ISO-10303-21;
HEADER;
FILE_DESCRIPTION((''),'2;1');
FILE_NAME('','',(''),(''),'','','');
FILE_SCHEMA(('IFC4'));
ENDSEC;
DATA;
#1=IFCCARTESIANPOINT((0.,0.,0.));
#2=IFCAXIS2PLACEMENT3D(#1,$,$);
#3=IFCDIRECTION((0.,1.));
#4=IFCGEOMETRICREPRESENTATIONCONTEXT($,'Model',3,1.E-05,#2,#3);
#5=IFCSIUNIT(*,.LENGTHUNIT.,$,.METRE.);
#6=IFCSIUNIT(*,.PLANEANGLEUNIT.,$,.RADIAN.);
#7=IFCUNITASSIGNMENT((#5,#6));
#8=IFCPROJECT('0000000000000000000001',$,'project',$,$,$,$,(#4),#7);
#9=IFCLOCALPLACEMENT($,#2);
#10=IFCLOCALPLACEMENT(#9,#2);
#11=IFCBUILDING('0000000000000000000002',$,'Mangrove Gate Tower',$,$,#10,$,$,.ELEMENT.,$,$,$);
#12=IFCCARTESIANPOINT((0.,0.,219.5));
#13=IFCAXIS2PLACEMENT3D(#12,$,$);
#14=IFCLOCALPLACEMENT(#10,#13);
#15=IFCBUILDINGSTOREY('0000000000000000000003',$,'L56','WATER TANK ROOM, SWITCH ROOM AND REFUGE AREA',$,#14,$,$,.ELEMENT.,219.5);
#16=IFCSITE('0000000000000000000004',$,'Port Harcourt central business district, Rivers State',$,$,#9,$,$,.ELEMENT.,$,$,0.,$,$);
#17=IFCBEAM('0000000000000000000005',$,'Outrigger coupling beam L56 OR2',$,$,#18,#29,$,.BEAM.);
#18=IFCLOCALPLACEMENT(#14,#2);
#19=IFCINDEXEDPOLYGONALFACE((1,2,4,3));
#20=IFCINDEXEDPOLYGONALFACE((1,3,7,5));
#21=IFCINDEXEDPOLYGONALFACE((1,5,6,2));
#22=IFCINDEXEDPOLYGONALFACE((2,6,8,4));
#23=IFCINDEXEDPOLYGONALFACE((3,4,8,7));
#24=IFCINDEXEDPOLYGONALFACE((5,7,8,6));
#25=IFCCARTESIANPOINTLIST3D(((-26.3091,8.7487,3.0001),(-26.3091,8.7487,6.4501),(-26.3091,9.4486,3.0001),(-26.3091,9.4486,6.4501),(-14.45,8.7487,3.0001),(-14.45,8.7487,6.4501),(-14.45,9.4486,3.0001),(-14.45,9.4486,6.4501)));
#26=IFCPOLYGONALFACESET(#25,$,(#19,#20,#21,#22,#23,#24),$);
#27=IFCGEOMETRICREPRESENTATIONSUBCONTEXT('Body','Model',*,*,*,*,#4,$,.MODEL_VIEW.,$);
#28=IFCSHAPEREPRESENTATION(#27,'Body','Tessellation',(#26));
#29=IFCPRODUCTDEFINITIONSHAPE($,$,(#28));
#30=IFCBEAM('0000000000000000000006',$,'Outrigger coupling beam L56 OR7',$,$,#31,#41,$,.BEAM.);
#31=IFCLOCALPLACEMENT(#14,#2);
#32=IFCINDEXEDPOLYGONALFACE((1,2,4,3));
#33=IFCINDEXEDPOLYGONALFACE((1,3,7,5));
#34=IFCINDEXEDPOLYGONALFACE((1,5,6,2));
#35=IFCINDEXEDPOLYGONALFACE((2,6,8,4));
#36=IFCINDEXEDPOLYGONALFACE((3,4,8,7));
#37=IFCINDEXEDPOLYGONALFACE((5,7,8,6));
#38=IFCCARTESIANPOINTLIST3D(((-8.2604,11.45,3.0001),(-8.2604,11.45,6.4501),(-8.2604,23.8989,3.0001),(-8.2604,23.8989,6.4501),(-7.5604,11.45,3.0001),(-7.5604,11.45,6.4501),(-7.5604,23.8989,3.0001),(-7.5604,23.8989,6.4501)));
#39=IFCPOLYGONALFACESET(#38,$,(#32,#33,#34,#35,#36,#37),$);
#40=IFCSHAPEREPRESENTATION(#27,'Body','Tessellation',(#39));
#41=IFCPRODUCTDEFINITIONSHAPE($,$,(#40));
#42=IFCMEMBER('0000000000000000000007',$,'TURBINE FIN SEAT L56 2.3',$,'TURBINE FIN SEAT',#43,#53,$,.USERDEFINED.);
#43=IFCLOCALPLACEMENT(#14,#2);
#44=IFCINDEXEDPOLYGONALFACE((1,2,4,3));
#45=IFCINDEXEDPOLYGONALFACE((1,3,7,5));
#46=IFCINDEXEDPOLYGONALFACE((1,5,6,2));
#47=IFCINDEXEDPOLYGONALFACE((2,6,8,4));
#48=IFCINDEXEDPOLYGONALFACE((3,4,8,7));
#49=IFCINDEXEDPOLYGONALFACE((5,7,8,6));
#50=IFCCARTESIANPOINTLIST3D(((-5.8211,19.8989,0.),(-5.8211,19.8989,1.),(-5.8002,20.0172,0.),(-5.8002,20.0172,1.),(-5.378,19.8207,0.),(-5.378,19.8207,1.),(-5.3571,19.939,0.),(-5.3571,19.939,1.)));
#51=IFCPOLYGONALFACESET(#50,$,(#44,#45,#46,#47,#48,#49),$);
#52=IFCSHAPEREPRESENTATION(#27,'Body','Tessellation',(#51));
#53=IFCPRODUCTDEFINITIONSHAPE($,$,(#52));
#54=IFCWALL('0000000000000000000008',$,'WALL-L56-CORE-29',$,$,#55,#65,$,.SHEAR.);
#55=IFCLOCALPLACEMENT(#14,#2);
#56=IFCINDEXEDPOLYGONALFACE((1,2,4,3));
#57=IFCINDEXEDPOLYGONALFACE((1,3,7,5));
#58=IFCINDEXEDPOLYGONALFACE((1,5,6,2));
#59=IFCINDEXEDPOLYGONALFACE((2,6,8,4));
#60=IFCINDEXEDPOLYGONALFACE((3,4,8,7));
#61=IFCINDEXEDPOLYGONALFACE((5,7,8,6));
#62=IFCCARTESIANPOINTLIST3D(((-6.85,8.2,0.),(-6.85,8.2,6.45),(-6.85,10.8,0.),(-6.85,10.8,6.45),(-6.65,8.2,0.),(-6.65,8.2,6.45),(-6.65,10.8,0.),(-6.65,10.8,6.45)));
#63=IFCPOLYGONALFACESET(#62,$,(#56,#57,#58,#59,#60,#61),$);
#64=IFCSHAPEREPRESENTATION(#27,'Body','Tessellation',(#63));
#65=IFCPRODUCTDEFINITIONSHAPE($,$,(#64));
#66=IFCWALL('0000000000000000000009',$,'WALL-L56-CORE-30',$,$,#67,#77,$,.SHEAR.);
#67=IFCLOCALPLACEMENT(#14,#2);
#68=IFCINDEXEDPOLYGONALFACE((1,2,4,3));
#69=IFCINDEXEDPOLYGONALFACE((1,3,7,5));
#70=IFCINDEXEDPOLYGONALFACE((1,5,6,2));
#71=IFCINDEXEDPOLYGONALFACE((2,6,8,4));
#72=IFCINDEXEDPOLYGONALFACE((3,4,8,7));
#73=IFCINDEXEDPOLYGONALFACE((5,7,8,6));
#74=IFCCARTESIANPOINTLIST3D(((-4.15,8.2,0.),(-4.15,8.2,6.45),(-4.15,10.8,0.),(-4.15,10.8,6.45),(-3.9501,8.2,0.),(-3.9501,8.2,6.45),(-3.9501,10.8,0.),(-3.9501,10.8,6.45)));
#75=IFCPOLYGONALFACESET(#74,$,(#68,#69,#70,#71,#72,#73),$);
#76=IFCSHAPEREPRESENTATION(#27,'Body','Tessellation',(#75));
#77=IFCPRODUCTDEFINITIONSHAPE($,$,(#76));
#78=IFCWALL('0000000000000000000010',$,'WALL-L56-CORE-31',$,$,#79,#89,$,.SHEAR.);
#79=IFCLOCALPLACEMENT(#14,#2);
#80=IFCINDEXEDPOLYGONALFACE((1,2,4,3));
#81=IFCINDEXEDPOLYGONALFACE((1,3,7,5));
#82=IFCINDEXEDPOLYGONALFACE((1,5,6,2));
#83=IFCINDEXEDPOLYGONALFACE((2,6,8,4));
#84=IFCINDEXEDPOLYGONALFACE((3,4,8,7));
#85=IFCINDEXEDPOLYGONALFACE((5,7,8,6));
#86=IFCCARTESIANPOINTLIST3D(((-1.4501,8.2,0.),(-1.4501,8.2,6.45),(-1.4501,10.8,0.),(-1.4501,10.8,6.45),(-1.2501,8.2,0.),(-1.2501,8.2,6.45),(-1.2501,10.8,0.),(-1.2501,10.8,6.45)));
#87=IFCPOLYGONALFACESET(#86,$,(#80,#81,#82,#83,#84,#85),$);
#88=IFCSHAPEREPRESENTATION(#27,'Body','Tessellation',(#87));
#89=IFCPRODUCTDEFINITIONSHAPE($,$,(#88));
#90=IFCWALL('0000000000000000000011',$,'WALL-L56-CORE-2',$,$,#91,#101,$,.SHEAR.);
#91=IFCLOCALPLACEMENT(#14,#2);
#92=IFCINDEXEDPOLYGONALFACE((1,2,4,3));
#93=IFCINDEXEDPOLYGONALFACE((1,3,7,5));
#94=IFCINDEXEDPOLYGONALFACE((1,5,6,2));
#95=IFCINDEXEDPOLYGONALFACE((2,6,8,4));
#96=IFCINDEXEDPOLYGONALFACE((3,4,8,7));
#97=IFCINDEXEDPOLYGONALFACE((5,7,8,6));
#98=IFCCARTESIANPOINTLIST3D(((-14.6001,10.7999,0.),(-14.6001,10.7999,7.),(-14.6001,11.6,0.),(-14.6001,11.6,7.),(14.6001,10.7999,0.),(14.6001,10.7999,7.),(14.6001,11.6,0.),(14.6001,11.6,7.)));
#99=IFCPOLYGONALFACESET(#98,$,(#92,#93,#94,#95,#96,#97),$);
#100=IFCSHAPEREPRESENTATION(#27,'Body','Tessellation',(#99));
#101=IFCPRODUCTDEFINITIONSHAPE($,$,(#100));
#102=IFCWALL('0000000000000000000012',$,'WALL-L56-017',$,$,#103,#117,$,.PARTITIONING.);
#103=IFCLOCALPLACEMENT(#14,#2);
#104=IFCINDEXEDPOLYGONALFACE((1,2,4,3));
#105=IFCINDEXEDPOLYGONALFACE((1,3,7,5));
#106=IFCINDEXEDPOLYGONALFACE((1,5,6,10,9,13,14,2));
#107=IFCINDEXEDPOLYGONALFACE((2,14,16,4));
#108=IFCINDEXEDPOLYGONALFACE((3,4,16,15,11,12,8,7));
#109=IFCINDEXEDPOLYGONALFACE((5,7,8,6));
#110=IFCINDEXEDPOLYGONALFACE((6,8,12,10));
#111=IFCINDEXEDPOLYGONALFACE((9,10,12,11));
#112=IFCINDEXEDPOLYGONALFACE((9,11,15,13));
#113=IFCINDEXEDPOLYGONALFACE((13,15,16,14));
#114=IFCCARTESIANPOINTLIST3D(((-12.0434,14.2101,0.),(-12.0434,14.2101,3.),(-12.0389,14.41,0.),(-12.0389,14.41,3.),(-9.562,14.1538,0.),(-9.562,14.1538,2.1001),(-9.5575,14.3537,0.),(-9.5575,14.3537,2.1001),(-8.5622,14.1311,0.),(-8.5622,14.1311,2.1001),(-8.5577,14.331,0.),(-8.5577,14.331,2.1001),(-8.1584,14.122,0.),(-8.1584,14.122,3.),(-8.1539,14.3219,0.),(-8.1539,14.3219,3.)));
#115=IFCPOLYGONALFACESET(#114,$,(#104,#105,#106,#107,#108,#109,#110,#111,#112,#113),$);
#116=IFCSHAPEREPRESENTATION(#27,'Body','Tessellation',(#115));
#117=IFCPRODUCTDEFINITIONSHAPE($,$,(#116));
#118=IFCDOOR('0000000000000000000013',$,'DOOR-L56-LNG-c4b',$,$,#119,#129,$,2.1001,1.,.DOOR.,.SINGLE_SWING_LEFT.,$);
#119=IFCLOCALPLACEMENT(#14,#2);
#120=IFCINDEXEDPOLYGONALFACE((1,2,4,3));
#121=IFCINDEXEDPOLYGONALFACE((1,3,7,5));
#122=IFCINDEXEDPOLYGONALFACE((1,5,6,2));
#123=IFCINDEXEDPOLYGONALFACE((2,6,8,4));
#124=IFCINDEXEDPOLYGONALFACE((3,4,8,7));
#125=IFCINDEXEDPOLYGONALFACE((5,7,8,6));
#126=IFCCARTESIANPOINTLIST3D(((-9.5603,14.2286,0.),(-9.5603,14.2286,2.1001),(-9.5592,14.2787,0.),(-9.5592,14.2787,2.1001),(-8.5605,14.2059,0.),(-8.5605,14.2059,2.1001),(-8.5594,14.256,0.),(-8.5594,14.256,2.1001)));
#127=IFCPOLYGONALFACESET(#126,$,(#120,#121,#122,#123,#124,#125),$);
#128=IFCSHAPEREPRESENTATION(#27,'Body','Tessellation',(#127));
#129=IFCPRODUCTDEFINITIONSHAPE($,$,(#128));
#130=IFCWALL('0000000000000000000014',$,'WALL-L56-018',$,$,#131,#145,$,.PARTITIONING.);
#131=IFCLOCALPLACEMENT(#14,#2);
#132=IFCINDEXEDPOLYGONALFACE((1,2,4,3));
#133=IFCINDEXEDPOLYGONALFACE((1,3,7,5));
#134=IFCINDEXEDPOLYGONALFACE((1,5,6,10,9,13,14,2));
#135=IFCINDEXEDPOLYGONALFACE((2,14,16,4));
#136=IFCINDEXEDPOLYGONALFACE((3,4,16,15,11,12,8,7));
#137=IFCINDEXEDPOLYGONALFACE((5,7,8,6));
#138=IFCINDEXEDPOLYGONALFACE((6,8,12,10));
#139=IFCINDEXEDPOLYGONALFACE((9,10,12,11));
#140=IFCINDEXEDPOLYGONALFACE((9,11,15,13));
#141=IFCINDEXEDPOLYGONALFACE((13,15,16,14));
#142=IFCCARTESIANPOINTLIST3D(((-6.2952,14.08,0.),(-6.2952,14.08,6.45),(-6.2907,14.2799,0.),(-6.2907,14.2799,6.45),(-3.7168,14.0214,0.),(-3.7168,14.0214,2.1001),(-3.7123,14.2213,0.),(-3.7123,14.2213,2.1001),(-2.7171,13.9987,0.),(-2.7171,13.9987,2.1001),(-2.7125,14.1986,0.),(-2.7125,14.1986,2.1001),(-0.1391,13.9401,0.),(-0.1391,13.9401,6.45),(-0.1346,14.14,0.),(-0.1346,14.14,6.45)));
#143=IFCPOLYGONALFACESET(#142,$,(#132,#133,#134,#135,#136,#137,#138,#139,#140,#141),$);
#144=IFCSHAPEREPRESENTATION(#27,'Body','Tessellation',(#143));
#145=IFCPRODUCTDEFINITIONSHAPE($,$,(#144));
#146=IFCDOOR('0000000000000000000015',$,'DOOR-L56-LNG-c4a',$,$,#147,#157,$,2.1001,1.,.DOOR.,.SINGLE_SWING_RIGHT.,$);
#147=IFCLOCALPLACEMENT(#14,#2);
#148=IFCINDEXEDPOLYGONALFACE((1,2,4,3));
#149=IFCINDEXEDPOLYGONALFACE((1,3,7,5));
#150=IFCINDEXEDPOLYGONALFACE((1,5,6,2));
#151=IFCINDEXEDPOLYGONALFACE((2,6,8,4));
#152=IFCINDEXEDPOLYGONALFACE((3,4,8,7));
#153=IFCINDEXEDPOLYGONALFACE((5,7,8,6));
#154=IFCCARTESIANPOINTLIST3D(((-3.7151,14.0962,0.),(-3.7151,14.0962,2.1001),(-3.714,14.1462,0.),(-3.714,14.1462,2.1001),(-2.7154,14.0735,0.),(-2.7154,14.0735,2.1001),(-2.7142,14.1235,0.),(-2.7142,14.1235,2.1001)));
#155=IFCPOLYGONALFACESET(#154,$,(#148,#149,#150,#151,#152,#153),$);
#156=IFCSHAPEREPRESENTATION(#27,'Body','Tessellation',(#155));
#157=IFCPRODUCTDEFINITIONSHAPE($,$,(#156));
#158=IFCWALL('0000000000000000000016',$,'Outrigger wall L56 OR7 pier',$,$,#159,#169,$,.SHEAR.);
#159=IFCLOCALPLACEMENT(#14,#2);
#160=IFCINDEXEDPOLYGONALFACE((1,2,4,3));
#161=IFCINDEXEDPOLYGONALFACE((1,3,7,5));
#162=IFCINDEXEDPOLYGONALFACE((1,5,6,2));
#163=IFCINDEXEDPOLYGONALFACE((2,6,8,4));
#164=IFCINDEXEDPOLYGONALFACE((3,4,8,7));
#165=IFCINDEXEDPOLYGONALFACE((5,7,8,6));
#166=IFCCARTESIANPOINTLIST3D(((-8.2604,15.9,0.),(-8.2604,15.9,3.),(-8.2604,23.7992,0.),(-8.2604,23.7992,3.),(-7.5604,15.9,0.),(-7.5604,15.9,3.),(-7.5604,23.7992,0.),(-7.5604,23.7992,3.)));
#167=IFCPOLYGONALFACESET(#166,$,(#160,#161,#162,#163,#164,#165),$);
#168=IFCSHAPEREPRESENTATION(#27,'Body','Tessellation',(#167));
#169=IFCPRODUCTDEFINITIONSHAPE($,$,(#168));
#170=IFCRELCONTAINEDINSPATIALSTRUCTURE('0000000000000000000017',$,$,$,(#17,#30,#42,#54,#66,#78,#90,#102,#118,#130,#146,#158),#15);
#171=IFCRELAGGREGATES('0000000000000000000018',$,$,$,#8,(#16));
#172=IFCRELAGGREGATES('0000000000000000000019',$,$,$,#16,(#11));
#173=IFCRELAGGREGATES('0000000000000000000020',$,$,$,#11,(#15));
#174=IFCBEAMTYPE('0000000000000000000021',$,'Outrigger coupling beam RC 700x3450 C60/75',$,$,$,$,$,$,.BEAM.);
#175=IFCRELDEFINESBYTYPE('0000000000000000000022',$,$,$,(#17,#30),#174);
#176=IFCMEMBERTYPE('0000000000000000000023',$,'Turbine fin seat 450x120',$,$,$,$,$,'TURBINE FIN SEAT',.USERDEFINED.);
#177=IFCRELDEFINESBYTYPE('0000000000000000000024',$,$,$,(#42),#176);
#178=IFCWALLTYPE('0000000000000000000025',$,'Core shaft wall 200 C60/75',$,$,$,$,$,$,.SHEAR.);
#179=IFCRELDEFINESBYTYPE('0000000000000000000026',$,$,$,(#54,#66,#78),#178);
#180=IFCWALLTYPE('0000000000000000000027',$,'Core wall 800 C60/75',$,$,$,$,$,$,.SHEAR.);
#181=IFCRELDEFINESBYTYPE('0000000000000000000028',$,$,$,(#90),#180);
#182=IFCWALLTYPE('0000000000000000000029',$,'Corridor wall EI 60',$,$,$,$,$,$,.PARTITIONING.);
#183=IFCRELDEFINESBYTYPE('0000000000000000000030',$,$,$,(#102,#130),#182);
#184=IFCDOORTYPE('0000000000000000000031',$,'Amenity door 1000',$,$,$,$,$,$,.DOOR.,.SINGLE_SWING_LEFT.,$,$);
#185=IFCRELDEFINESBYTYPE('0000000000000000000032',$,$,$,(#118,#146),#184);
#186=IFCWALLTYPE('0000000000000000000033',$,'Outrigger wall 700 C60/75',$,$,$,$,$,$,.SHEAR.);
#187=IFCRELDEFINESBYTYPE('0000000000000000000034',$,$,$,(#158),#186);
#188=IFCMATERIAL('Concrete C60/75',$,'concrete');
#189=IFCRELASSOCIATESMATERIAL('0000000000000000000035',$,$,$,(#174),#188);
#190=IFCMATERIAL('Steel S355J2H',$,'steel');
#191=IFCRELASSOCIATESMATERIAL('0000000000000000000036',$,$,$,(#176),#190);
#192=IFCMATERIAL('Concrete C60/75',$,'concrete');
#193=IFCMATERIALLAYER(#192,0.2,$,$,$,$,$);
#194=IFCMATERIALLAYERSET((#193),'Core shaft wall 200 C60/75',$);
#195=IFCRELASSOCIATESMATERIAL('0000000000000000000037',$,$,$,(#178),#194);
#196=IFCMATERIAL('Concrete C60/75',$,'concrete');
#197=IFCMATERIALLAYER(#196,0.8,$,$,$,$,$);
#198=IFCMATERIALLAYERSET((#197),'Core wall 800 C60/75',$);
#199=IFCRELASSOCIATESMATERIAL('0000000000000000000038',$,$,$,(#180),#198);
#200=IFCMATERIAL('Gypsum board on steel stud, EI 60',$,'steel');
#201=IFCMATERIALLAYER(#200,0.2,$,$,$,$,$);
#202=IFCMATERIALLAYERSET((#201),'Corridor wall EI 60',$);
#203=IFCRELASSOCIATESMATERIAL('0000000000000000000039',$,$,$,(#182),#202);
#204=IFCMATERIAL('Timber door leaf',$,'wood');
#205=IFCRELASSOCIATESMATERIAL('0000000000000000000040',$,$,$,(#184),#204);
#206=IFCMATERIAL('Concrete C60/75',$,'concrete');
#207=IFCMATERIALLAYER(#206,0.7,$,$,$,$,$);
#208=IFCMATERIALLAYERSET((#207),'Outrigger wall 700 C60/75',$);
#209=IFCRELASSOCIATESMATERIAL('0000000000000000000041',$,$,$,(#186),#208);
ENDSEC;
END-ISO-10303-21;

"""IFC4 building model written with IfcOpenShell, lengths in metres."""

from ifc_helpers import new_model, si_unit, direction, frame, frame_2d, origin, origin_2d, place, context, subcontext, project, spatial, rectangle, extrude, material, layer, layer_set, material_profile, profile_set, type_object, element, fill, save


model = new_model("IFC4")

# Units and contexts
model_context = context("Model", 3, precision=1e-05, world=origin(), true_north=direction((0.0, 1.0)))
body_context = subcontext(model_context, "Body", "Model", "MODEL_VIEW")
ifc_project = project(units=[si_unit("LENGTHUNIT", "METRE"), si_unit("PLANEANGLEUNIT", "RADIAN")], contexts=[model_context])

# Site, building, storey
site_placement = place(None, origin())
site = spatial("IfcSite", under=ifc_project, at=site_placement, Name="Port Harcourt central business district, Rivers State", CompositionType="ELEMENT", RefElevation=0.0)
building_placement = place(site_placement, origin())
building = spatial("IfcBuilding", under=site, at=building_placement, Name="Mangrove Gate Tower", CompositionType="ELEMENT")
storey_placement = place(building_placement, frame((0.0, 0.0, 219.5)))
storey = spatial("IfcBuildingStorey", under=building, at=storey_placement, Name="L56", Description="WATER TANK ROOM, SWITCH ROOM AND REFUGE AREA", CompositionType="ELEMENT", Elevation=219.5)

# Beams
ifc_material_1 = material(Name="Concrete C60/75", Category="concrete")
ifc_material_profile_1 = material_profile(ifc_material_1, rectangle(XDim=0.7, YDim=3.45, at=origin_2d()))
ifc_profile_set_1 = profile_set([ifc_material_profile_1], Name="Concrete C60/75")
beam_type = type_object("IfcBeamType", Name="Outrigger coupling beam RC 700x3450 C60/75", PredefinedType="BEAM", material=ifc_profile_set_1)
beam_1_placement = place(storey_placement, frame((-14.45, 9.0986, 4.7251), z_axis=(-1.0, 0.0, 0.0), x_axis=(0.0, -1.0, 0.0)))
element("IfcBeam", 1, at=beam_1_placement, inside=storey, type_object=beam_type, Name="Outrigger coupling beam L56 OR2", PredefinedType="BEAM", context=body_context, shape_type="SweptSolid", body=[
    extrude(rectangle(XDim=0.7, YDim=3.45, at=origin_2d()), origin(), (0.0, 0.0, 1.0), 11.8591),
])
beam_2_placement = place(storey_placement, frame((-7.9104, 11.45, 4.7251), z_axis=(0.0, 1.0, 0.0), x_axis=(-1.0, 0.0, 0.0)))
element("IfcBeam", 2, at=beam_2_placement, inside=storey, type_object=beam_type, Name="Outrigger coupling beam L56 OR7", PredefinedType="BEAM", context=body_context, shape_type="SweptSolid", body=[
    extrude(rectangle(XDim=0.7, YDim=3.45, at=origin_2d()), origin(), (0.0, 0.0, 1.0), 12.449),
])

# Member
ifc_material_2 = material(Name="Steel S355J2H", Category="steel")
ifc_material_profile_2 = material_profile(ifc_material_2, rectangle(XDim=0.45, YDim=0.1201, at=origin_2d()))
ifc_profile_set_2 = profile_set([ifc_material_profile_2], Name="Steel S355J2H")
member_type = type_object("IfcMemberType", Name="Turbine fin seat 450x120", ElementType="TURBINE FIN SEAT", PredefinedType="USERDEFINED", material=ifc_profile_set_2)
member_placement = place(storey_placement, frame((-5.5891, 19.9189, 0.0), z_axis=(0.0, 0.0, 1.0), x_axis=(0.984808, -0.173648, 0.0)))
element("IfcMember", 3, at=member_placement, inside=storey, type_object=member_type, Name="TURBINE FIN SEAT L56 2.3", ObjectType="TURBINE FIN SEAT", PredefinedType="USERDEFINED", context=body_context, shape_type="SweptSolid", body=[
    extrude(rectangle(XDim=0.45, YDim=0.1201, at=origin_2d()), origin(), (0.0, 0.0, 1.0), 1.0),
])

# Walls
ifc_material_3 = material(Name="Concrete C60/75", Category="concrete")
ifc_layer_1 = layer(ifc_material_3, 0.2)
ifc_layer_set_1 = layer_set([ifc_layer_1], Name="Core shaft wall 200 C60/75")
wall_type_1 = type_object("IfcWallType", Name="Core shaft wall 200 C60/75", PredefinedType="SHEAR", material=ifc_layer_set_1)
for number, where, z_axis, x_axis, name in (
    (4, (-6.75, 8.2, 0.0), (0.0, 0.0, 1.0), (0.0, 1.0, 0.0), "WALL-L56-CORE-29"),
    (5, (-4.05, 8.2, 0.0), (0.0, 0.0, 1.0), (0.0, 1.0, 0.0), "WALL-L56-CORE-30"),
    (6, (-1.3501, 8.2, 0.0), (0.0, 0.0, 1.0), (0.0, 1.0, 0.0), "WALL-L56-CORE-31"),
):
    element("IfcWall", number, at=place(storey_placement, frame(where, z_axis=z_axis, x_axis=x_axis)), inside=storey, type_object=wall_type_1, Name=name, PredefinedType="SHEAR", context=body_context, shape_type="SweptSolid", body=[
        extrude(rectangle(XDim=2.6001, YDim=0.2, at=frame_2d((1.3, 0.0))), origin(), (0.0, 0.0, 1.0), 6.45),
    ])
ifc_material_4 = material(Name="Concrete C60/75", Category="concrete")
ifc_layer_2 = layer(ifc_material_4, 0.8)
ifc_layer_set_2 = layer_set([ifc_layer_2], Name="Core wall 800 C60/75")
wall_type_2 = type_object("IfcWallType", Name="Core wall 800 C60/75", PredefinedType="SHEAR", material=ifc_layer_set_2)
wall_1_placement = place(storey_placement, frame((-14.6001, 11.2, 0.0), z_axis=(0.0, 0.0, 1.0), x_axis=(1.0, 0.0, 0.0)))
element("IfcWall", 7, at=wall_1_placement, inside=storey, type_object=wall_type_2, Name="WALL-L56-CORE-2", PredefinedType="SHEAR", context=body_context, shape_type="SweptSolid", body=[
    extrude(rectangle(XDim=29.2002, YDim=0.8, at=frame_2d((14.6001, 0.0))), origin(), (0.0, 0.0, 1.0), 7.0),
])

# Walls, openings, doors
ifc_material_5 = material(Name="Gypsum board on steel stud, EI 60", Category="steel")
ifc_layer_3 = layer(ifc_material_5, 0.2)
ifc_layer_set_3 = layer_set([ifc_layer_3], Name="Corridor wall EI 60")
wall_type_3 = type_object("IfcWallType", Name="Corridor wall EI 60", PredefinedType="PARTITIONING", material=ifc_layer_set_3)
wall_2_placement = place(storey_placement, frame((-12.041, 14.3101, 0.0), z_axis=(0.0, 0.0, 1.0), x_axis=(0.999743, -0.02268, 0.0)))
wall_2 = element("IfcWall", 8, at=wall_2_placement, inside=storey, type_object=wall_type_3, Name="WALL-L56-017", PredefinedType="PARTITIONING", context=body_context, shape_type="SweptSolid", body=[
    extrude(rectangle(XDim=3.886, YDim=0.2, at=frame_2d((1.9429, 0.0))), origin(), (0.0, 0.0, 1.0), 3.0),
])
opening_1_placement = place(wall_2_placement, frame((2.4819, 0.0, 0.0)))
opening_1 = element("IfcOpeningElement", 9, at=opening_1_placement, cuts=wall_2, PredefinedType="OPENING", context=body_context, shape_type="SweptSolid", body=[
    extrude(rectangle(XDim=1.0, YDim=2.1001, at=frame_2d((0.5, 1.05))), frame((0.0, 0.1099, 0.0), z_axis=(0.0, -1.0, 0.0), x_axis=(1.0, 0.0, 0.0)), (0.0, 0.0, 1.0), 0.22),
])
ifc_material_6 = material(Name="Timber door leaf", Category="wood")
door_type = type_object("IfcDoorType", Name="Amenity door 1000", OperationType="SINGLE_SWING_LEFT", PredefinedType="DOOR", material=ifc_material_6)
door_1_placement = place(opening_1_placement, origin())
door_1 = element("IfcDoor", 10, at=door_1_placement, inside=storey, type_object=door_type, Name="DOOR-L56-LNG-c4b", OperationType="SINGLE_SWING_LEFT", OverallHeight=2.1001, OverallWidth=1.0, PredefinedType="DOOR", context=body_context, shape_type="SweptSolid", body=[
    extrude(rectangle(XDim=1.0, YDim=2.1001, at=frame_2d((0.5, 1.05))), frame((0.0, 0.0249, 0.0), z_axis=(0.0, -1.0, 0.0), x_axis=(1.0, 0.0, 0.0)), (0.0, 0.0, 1.0), 0.05),
])
fill(opening_1, door_1)
wall_3_placement = place(storey_placement, frame((-6.293, 14.1799, 0.0), z_axis=(0.0, 0.0, 1.0), x_axis=(0.999742, -0.022719, 0.0)))
wall_3 = element("IfcWall", 11, at=wall_3_placement, inside=storey, type_object=wall_type_3, Name="WALL-L56-018", PredefinedType="PARTITIONING", context=body_context, shape_type="SweptSolid", body=[
    extrude(rectangle(XDim=6.1577, YDim=0.2, at=frame_2d((3.0789, 0.0))), origin(), (0.0, 0.0, 1.0), 6.45),
])
opening_2_placement = place(wall_3_placement, frame((2.5791, 0.0, 0.0)))
opening_2 = element("IfcOpeningElement", 12, at=opening_2_placement, cuts=wall_3, PredefinedType="OPENING", context=body_context, shape_type="SweptSolid", body=[
    extrude(rectangle(XDim=1.0, YDim=2.1001, at=frame_2d((0.5, 1.05))), frame((0.0, 0.1099, 0.0), z_axis=(0.0, -1.0, 0.0), x_axis=(1.0, 0.0, 0.0)), (0.0, 0.0, 1.0), 0.22),
])
door_2_placement = place(opening_2_placement, origin())
door_2 = element("IfcDoor", 13, at=door_2_placement, inside=storey, type_object=door_type, Name="DOOR-L56-LNG-c4a", OperationType="SINGLE_SWING_RIGHT", OverallHeight=2.1001, OverallWidth=1.0, PredefinedType="DOOR", context=body_context, shape_type="SweptSolid", body=[
    extrude(rectangle(XDim=1.0, YDim=2.1001, at=frame_2d((0.5, 1.05))), frame((0.0, 0.0249, 0.0), z_axis=(0.0, -1.0, 0.0), x_axis=(1.0, 0.0, 0.0)), (0.0, 0.0, 1.0), 0.05),
])
fill(opening_2, door_2)

# Wall
ifc_material_7 = material(Name="Concrete C60/75", Category="concrete")
ifc_layer_4 = layer(ifc_material_7, 0.7)
ifc_layer_set_4 = layer_set([ifc_layer_4], Name="Outrigger wall 700 C60/75")
wall_type_4 = type_object("IfcWallType", Name="Outrigger wall 700 C60/75", PredefinedType="SHEAR", material=ifc_layer_set_4)
wall_4_placement = place(storey_placement, frame((-7.9104, 15.8999, 0.0), z_axis=(0.0, 0.0, 1.0), x_axis=(0.0, 1.0, 0.0)))
element("IfcWall", 14, at=wall_4_placement, inside=storey, type_object=wall_type_4, Name="Outrigger wall L56 OR7 pier", PredefinedType="SHEAR", context=body_context, shape_type="SweptSolid", body=[
    extrude(rectangle(XDim=7.8992, YDim=0.7, at=frame_2d((3.9497, 0.0))), origin(), (0.0, 0.0, 1.0), 3.0),
])

save(model, "model.ifc")
